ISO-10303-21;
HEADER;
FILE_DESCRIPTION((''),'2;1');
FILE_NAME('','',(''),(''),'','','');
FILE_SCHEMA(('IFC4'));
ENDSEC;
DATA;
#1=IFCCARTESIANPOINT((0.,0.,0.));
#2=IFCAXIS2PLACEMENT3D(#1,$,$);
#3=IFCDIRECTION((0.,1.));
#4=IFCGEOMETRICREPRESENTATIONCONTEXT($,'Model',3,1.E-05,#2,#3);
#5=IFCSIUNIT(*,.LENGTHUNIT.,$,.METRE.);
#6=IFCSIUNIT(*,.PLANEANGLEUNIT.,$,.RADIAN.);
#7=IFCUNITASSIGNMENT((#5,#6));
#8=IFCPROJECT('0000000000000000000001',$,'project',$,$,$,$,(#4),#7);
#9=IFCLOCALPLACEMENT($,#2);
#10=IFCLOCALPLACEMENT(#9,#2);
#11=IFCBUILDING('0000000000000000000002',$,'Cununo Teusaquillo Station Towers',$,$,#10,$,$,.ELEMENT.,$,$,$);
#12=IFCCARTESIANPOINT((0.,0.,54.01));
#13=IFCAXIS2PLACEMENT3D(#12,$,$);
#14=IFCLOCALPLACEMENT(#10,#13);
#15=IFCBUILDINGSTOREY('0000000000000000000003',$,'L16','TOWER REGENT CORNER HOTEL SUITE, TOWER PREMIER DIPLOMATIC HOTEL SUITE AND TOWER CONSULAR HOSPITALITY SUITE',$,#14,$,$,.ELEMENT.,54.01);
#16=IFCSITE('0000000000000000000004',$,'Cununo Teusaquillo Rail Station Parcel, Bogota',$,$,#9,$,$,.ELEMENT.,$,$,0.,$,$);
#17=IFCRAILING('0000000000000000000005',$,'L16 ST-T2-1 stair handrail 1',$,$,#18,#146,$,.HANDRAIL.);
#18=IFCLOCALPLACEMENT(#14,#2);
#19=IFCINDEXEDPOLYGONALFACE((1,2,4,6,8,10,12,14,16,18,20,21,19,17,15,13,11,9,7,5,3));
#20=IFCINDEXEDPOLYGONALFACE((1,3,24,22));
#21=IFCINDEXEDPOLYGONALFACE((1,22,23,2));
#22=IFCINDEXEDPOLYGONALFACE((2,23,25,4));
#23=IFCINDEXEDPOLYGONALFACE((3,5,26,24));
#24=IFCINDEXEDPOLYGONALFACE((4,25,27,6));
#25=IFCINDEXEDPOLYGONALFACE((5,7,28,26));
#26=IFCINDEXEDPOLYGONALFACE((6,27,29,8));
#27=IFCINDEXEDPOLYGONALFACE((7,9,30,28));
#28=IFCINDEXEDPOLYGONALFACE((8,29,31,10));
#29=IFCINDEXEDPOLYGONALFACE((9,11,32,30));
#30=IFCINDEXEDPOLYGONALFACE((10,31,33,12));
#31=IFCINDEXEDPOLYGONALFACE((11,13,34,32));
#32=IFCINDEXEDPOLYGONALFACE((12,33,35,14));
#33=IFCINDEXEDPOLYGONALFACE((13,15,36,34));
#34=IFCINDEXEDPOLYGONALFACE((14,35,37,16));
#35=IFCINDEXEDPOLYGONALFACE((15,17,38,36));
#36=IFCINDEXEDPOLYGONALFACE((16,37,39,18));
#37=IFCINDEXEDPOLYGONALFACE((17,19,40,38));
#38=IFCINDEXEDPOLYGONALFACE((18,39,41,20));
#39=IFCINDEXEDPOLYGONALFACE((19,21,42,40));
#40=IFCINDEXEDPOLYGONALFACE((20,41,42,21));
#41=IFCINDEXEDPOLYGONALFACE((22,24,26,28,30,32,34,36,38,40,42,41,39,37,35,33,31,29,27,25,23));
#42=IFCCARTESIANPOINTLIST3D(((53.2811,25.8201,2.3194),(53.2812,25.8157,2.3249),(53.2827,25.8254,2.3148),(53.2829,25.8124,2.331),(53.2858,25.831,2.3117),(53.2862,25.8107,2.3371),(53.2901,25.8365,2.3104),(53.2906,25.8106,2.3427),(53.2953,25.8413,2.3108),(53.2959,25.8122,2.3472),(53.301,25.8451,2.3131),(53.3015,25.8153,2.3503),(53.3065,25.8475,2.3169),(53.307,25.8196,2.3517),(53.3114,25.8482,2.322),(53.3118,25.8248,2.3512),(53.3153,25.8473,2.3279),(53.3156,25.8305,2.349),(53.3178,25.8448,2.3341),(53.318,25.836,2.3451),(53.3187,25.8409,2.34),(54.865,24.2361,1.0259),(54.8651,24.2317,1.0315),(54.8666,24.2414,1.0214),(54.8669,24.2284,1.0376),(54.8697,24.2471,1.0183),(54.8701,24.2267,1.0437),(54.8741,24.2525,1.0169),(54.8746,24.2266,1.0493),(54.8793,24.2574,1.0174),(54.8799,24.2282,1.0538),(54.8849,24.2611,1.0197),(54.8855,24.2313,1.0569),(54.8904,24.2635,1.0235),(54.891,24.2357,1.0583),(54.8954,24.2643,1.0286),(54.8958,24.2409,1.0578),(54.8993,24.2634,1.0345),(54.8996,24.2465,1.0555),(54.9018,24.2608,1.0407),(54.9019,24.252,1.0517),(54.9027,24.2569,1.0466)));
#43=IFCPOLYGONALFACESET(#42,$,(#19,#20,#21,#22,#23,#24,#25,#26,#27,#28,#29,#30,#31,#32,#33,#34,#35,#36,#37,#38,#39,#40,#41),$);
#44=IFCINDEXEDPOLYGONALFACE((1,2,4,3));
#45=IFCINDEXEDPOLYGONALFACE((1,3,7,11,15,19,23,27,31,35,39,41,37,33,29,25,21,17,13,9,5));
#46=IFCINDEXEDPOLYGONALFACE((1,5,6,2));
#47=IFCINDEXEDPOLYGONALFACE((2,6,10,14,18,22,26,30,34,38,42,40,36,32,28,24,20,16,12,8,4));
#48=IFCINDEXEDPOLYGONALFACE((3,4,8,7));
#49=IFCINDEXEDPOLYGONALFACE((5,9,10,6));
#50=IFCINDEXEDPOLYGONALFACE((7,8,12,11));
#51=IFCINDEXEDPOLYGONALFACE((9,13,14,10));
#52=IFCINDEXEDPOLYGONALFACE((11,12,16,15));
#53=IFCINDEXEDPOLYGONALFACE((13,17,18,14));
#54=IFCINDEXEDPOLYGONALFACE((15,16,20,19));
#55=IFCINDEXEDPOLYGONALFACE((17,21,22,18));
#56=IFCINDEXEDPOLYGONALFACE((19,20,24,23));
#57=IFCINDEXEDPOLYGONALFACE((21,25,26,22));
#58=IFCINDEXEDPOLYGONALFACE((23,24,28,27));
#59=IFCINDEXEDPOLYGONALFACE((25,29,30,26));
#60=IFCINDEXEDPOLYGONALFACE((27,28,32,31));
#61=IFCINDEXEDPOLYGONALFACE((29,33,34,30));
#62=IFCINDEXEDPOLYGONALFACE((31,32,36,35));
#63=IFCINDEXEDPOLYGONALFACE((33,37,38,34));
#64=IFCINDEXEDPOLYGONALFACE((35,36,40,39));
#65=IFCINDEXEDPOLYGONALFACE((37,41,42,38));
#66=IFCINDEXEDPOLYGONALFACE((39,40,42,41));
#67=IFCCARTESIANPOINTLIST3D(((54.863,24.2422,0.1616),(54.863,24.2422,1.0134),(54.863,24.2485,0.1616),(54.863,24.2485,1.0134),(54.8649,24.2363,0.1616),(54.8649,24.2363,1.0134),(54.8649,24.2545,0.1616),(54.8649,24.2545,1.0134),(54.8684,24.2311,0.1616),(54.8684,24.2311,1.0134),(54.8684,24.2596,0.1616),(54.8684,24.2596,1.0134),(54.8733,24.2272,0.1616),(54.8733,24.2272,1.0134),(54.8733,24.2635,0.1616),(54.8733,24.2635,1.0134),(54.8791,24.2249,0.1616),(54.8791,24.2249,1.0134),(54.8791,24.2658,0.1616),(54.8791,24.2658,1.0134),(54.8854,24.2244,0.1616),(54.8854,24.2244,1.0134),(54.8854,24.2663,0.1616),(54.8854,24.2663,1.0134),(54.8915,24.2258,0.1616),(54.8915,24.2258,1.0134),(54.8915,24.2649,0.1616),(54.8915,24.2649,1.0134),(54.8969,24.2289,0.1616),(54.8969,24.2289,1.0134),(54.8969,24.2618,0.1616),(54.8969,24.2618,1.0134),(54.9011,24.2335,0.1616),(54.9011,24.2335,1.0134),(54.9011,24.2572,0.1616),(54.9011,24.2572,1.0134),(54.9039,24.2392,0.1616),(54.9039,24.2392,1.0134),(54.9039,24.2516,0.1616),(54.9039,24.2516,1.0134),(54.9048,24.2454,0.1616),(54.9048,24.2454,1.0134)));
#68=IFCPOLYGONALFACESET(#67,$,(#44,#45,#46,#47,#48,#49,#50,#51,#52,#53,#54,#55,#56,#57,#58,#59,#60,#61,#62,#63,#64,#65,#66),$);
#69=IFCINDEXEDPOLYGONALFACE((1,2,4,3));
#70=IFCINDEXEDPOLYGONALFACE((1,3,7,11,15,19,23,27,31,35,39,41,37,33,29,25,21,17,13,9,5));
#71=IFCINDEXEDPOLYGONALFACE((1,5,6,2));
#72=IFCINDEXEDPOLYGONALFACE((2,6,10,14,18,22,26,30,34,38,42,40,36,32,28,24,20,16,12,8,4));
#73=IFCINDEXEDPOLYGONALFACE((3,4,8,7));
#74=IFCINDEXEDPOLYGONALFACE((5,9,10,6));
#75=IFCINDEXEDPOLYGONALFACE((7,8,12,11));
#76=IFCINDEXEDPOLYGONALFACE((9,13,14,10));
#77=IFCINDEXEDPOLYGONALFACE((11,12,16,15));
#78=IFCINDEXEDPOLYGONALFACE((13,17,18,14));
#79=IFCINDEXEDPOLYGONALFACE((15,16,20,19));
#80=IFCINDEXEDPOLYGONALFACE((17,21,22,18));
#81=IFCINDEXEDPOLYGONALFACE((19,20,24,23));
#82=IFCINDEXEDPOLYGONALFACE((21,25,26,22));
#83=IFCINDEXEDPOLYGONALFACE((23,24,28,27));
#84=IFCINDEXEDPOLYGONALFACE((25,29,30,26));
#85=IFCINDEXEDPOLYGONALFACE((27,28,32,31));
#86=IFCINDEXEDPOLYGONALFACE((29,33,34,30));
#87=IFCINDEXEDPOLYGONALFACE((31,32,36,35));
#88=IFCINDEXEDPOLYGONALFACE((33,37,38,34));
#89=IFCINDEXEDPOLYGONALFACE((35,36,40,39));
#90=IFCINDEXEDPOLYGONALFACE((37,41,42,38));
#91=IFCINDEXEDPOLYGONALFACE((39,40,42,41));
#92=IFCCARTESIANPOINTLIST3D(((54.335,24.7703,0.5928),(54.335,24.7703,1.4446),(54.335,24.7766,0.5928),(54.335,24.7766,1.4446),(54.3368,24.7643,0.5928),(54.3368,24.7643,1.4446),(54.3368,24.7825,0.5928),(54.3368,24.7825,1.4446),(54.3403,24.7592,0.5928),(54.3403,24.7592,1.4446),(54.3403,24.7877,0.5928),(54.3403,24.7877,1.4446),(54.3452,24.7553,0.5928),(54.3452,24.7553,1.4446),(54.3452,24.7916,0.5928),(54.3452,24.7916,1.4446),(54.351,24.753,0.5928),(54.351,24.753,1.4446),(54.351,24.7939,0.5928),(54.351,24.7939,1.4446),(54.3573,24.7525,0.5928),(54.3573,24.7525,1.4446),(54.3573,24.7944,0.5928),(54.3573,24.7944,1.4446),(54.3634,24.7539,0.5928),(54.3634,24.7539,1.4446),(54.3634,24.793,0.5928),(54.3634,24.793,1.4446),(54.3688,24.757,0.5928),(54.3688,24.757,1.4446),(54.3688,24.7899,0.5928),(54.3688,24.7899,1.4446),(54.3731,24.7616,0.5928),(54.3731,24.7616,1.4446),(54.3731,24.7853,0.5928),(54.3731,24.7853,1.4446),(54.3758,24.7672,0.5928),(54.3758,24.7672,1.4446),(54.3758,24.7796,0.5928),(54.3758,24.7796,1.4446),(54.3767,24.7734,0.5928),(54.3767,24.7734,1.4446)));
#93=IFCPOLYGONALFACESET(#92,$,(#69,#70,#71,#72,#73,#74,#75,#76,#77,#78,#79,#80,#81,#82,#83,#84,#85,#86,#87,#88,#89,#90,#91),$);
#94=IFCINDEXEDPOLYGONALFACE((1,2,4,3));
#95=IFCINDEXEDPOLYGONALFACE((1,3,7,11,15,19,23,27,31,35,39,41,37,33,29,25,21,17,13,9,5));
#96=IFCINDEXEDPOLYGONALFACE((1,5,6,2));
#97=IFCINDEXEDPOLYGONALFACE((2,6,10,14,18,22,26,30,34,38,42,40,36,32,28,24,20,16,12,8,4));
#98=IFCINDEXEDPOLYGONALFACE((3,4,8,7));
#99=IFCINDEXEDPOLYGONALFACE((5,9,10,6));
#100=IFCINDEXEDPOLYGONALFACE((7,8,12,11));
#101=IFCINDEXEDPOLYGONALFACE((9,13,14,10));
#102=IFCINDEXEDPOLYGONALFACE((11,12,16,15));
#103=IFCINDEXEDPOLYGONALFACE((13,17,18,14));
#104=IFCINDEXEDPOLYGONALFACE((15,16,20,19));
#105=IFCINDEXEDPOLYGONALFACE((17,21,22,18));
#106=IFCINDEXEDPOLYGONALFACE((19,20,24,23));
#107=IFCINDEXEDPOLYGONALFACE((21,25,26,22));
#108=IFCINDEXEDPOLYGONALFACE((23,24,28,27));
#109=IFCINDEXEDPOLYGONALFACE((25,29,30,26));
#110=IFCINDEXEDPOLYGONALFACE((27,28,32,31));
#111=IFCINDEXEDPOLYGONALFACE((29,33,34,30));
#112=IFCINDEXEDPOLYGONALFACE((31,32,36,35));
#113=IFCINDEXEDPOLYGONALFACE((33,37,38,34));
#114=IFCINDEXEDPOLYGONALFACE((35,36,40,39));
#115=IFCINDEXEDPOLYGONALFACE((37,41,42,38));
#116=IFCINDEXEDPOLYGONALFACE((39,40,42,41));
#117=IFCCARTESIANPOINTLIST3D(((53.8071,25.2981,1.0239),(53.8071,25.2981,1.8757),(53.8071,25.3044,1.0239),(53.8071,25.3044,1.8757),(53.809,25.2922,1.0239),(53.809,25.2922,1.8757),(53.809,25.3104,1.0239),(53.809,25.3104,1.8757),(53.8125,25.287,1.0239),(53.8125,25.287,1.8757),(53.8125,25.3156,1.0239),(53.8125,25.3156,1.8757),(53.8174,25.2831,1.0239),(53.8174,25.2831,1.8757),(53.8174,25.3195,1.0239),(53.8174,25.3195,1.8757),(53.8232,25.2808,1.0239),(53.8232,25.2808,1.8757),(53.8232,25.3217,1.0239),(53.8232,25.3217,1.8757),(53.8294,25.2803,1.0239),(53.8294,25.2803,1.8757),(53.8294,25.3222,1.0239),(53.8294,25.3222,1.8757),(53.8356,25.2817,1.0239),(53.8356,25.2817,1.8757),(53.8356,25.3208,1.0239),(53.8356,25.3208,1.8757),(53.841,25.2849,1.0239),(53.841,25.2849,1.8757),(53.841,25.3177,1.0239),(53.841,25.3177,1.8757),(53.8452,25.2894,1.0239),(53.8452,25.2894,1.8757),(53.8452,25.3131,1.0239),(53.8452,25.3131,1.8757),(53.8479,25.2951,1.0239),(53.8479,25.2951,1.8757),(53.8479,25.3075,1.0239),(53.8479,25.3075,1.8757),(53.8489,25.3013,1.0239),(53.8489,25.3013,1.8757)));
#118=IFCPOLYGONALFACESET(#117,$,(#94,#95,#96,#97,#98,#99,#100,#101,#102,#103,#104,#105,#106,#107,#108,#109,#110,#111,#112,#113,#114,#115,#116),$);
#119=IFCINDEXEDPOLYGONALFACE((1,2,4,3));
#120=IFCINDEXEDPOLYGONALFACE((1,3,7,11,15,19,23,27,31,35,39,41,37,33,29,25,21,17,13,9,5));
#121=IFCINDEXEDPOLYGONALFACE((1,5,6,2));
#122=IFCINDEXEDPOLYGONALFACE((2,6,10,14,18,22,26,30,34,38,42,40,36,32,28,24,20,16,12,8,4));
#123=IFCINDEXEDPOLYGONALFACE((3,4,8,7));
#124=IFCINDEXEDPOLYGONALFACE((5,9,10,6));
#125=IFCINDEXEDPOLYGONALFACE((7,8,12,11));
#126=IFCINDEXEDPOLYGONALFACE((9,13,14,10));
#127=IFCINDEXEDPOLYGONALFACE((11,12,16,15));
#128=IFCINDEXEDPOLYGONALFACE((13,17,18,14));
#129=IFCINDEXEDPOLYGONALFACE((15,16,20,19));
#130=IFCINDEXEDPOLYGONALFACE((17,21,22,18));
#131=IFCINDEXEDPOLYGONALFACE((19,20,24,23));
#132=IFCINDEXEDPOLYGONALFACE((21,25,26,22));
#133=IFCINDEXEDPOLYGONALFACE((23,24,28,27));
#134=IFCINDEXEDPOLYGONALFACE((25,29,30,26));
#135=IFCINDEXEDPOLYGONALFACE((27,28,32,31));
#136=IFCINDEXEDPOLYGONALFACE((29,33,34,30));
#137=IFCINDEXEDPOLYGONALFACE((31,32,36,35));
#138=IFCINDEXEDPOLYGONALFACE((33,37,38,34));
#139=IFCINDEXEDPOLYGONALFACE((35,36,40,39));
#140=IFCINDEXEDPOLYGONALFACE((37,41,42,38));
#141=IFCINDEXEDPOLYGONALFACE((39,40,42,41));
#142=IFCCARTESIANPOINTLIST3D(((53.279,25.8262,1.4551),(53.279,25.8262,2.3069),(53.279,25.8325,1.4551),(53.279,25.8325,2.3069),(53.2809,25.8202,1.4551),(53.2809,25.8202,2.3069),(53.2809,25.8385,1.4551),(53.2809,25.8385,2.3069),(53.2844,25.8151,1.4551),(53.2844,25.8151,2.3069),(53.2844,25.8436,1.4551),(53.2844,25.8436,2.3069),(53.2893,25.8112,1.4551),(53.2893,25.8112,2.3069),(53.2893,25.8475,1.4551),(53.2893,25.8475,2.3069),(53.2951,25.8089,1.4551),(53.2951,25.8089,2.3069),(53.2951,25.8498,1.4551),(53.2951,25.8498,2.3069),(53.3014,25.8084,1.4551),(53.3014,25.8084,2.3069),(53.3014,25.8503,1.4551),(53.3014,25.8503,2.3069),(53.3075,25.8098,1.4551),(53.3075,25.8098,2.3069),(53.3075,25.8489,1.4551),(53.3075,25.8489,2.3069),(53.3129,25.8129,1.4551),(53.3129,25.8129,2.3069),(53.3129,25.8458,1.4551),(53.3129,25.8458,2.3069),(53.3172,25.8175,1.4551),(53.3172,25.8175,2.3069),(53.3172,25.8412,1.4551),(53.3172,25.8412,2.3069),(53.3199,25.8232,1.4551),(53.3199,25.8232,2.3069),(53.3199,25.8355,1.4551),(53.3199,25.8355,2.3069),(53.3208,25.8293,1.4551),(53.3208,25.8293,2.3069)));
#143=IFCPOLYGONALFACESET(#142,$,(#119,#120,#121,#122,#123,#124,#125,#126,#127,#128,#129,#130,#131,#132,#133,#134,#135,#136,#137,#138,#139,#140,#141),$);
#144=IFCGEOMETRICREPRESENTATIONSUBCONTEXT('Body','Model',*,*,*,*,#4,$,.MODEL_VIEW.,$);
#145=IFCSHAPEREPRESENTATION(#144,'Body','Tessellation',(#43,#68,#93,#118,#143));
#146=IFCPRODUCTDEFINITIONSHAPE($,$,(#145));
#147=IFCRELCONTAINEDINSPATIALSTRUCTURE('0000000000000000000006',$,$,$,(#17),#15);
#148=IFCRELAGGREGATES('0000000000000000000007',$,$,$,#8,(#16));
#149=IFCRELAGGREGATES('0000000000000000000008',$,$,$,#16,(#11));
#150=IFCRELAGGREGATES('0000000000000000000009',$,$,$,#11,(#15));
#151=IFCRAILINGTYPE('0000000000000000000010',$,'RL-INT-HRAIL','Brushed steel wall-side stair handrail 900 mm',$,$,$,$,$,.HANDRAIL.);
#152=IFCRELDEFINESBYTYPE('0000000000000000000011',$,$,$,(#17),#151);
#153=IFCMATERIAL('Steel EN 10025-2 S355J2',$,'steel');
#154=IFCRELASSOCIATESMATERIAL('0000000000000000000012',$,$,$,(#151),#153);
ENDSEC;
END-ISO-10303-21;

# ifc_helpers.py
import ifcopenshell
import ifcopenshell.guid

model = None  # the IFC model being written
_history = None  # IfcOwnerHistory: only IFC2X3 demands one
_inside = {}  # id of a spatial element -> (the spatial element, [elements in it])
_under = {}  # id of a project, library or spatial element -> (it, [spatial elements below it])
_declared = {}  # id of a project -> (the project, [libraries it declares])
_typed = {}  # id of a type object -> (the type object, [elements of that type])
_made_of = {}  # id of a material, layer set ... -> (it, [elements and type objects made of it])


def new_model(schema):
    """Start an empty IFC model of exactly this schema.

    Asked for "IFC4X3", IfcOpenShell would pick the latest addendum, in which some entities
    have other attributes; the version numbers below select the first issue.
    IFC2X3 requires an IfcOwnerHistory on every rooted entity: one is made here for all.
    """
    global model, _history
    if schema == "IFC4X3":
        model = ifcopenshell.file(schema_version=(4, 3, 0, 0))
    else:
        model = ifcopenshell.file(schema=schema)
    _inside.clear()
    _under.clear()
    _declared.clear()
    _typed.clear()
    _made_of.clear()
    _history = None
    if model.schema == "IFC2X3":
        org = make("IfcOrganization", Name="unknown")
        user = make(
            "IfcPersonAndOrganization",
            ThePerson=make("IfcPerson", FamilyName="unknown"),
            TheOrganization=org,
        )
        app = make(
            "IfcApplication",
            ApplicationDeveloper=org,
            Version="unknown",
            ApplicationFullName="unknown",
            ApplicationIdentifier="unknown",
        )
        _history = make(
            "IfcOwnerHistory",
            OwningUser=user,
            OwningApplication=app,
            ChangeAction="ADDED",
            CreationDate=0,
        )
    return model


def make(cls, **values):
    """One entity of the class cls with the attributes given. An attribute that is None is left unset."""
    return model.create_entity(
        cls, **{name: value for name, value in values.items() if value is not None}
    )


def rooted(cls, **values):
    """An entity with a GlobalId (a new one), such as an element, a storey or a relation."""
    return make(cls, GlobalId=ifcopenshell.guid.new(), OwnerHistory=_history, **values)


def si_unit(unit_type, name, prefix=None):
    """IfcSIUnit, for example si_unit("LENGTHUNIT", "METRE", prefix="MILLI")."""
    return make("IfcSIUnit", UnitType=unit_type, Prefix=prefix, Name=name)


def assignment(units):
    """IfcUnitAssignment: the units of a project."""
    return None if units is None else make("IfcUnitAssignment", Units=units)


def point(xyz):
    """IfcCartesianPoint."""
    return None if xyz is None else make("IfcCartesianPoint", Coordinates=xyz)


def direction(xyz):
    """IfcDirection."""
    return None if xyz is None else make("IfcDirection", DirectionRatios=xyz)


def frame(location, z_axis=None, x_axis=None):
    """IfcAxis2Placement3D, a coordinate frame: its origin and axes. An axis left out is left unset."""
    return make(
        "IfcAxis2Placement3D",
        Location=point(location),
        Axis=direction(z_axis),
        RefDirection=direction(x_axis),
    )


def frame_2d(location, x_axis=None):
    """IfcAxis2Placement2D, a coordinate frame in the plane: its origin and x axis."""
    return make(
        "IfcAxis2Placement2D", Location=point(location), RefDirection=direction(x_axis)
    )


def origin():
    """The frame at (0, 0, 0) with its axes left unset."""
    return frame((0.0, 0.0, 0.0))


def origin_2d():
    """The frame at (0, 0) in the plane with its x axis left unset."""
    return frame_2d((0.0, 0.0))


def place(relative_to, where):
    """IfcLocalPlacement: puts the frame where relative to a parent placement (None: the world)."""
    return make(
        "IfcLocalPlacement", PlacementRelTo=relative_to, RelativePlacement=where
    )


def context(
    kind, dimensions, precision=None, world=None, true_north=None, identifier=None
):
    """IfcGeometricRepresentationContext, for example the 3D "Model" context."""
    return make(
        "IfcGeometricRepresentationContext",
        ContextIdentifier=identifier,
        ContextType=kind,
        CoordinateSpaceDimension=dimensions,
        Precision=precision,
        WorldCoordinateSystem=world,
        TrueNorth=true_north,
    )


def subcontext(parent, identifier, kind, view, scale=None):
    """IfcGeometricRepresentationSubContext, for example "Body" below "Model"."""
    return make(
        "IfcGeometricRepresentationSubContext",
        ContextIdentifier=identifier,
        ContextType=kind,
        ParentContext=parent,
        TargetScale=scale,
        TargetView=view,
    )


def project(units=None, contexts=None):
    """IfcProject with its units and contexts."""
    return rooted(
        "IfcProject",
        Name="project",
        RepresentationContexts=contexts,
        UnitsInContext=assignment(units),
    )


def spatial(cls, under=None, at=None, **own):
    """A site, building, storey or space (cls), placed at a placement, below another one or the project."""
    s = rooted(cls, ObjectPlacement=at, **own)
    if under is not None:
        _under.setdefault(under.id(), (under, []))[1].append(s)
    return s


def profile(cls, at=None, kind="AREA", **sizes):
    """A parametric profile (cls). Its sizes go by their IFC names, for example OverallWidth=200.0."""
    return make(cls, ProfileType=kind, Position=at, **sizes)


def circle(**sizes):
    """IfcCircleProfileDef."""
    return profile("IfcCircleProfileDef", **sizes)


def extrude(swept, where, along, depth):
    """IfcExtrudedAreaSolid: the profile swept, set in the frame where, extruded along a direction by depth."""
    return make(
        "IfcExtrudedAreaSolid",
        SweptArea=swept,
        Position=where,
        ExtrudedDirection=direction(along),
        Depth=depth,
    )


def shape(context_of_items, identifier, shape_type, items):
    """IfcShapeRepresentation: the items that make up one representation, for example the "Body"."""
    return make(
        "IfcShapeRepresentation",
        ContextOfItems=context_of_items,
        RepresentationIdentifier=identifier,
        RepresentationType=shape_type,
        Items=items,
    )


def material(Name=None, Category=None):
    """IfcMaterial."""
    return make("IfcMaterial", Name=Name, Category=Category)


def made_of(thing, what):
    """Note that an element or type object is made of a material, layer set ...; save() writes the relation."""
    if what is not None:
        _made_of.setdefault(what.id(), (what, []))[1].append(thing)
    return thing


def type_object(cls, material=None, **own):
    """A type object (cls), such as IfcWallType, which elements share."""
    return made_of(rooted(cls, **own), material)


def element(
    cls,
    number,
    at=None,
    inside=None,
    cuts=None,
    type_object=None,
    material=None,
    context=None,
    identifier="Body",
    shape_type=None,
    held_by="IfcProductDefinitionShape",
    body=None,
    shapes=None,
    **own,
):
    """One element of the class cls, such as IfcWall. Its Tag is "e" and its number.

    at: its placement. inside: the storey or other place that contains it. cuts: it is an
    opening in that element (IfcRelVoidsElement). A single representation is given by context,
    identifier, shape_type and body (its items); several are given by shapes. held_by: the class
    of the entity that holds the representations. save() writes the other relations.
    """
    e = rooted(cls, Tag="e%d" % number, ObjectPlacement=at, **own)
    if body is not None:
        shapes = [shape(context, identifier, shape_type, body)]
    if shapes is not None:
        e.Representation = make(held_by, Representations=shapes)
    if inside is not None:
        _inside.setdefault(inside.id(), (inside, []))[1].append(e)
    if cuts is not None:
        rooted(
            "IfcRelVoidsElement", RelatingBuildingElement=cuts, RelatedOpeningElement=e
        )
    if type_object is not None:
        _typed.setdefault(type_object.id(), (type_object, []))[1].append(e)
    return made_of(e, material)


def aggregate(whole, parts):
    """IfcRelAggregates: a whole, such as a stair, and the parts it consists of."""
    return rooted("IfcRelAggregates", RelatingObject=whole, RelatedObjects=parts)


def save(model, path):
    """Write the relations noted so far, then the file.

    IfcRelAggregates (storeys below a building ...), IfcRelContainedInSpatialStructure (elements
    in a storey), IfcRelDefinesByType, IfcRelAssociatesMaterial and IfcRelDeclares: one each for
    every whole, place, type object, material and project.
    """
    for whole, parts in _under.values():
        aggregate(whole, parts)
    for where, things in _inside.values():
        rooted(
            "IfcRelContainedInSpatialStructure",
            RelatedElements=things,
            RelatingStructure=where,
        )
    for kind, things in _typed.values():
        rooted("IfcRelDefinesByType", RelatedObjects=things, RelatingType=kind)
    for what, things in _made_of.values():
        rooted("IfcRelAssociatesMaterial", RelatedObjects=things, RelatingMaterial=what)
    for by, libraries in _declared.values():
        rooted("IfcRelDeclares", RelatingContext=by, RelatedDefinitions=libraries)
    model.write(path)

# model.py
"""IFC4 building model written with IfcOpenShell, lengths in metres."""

from ifc_helpers import new_model, si_unit, direction, frame, origin, origin_2d, place, context, subcontext, project, spatial, circle, extrude, material, type_object, element, save


model = new_model("IFC4")

# Units and contexts
model_context = context("Model", 3, precision=1e-05, world=origin(), true_north=direction((0.0, 1.0)))
body_context = subcontext(model_context, "Body", "Model", "MODEL_VIEW")
ifc_project = project(units=[si_unit("LENGTHUNIT", "METRE"), si_unit("PLANEANGLEUNIT", "RADIAN")], contexts=[model_context])

# Site, building, storey
site_placement = place(None, origin())
site = spatial("IfcSite", under=ifc_project, at=site_placement, Name="Cununo Teusaquillo Rail Station Parcel, Bogota", CompositionType="ELEMENT", RefElevation=0.0)
building_placement = place(site_placement, origin())
building = spatial("IfcBuilding", under=site, at=building_placement, Name="Cununo Teusaquillo Station Towers", CompositionType="ELEMENT")
storey_placement = place(building_placement, frame((0.0, 0.0, 54.01)))
storey = spatial("IfcBuildingStorey", under=building, at=storey_placement, Name="L16", Description="TOWER REGENT CORNER HOTEL SUITE, TOWER PREMIER DIPLOMATIC HOTEL SUITE AND TOWER CONSULAR HOSPITALITY SUITE", CompositionType="ELEMENT", Elevation=54.01)

# Railing
ifc_material_1 = material(Name="Steel EN 10025-2 S355J2", Category="steel")
railing_type_1 = type_object("IfcRailingType", Name="RL-INT-HRAIL", Description="Brushed steel wall-side stair handrail 900 mm", PredefinedType="HANDRAIL", material=ifc_material_1)
railing_1_placement = place(storey_placement, frame((54.8838, 24.2454, 0.1616)))
element("IfcRailing", 1, at=railing_1_placement, inside=storey, type_object=railing_type_1, Name="L16 ST-T2-1 stair handrail 1", PredefinedType="HANDRAIL", context=body_context, shape_type="SweptSolid", body=[
    extrude(circle(Radius=0.0239, at=origin_2d()), frame((0.0, 0.0, 0.876), z_axis=(-0.612356, 0.612356, 0.50004), x_axis=(-0.707107, -0.707107, 0.0)), (0.0, 0.0, 1.0), 2.5867),
    extrude(circle(Radius=0.021, at=origin_2d()), origin(), (0.0, 0.0, 1.0), 0.8518),
    extrude(circle(Radius=0.021, at=origin_2d()), frame((-0.5281, 0.5281, 0.4312)), (0.0, 0.0, 1.0), 0.8518),
    extrude(circle(Radius=0.021, at=origin_2d()), frame((-1.0559, 1.0559, 0.8623)), (0.0, 0.0, 1.0), 0.8518),
    extrude(circle(Radius=0.021, at=origin_2d()), frame((-1.584, 1.584, 1.2935)), (0.0, 0.0, 1.0), 0.8518),
])

save(model, "model.ifc")
